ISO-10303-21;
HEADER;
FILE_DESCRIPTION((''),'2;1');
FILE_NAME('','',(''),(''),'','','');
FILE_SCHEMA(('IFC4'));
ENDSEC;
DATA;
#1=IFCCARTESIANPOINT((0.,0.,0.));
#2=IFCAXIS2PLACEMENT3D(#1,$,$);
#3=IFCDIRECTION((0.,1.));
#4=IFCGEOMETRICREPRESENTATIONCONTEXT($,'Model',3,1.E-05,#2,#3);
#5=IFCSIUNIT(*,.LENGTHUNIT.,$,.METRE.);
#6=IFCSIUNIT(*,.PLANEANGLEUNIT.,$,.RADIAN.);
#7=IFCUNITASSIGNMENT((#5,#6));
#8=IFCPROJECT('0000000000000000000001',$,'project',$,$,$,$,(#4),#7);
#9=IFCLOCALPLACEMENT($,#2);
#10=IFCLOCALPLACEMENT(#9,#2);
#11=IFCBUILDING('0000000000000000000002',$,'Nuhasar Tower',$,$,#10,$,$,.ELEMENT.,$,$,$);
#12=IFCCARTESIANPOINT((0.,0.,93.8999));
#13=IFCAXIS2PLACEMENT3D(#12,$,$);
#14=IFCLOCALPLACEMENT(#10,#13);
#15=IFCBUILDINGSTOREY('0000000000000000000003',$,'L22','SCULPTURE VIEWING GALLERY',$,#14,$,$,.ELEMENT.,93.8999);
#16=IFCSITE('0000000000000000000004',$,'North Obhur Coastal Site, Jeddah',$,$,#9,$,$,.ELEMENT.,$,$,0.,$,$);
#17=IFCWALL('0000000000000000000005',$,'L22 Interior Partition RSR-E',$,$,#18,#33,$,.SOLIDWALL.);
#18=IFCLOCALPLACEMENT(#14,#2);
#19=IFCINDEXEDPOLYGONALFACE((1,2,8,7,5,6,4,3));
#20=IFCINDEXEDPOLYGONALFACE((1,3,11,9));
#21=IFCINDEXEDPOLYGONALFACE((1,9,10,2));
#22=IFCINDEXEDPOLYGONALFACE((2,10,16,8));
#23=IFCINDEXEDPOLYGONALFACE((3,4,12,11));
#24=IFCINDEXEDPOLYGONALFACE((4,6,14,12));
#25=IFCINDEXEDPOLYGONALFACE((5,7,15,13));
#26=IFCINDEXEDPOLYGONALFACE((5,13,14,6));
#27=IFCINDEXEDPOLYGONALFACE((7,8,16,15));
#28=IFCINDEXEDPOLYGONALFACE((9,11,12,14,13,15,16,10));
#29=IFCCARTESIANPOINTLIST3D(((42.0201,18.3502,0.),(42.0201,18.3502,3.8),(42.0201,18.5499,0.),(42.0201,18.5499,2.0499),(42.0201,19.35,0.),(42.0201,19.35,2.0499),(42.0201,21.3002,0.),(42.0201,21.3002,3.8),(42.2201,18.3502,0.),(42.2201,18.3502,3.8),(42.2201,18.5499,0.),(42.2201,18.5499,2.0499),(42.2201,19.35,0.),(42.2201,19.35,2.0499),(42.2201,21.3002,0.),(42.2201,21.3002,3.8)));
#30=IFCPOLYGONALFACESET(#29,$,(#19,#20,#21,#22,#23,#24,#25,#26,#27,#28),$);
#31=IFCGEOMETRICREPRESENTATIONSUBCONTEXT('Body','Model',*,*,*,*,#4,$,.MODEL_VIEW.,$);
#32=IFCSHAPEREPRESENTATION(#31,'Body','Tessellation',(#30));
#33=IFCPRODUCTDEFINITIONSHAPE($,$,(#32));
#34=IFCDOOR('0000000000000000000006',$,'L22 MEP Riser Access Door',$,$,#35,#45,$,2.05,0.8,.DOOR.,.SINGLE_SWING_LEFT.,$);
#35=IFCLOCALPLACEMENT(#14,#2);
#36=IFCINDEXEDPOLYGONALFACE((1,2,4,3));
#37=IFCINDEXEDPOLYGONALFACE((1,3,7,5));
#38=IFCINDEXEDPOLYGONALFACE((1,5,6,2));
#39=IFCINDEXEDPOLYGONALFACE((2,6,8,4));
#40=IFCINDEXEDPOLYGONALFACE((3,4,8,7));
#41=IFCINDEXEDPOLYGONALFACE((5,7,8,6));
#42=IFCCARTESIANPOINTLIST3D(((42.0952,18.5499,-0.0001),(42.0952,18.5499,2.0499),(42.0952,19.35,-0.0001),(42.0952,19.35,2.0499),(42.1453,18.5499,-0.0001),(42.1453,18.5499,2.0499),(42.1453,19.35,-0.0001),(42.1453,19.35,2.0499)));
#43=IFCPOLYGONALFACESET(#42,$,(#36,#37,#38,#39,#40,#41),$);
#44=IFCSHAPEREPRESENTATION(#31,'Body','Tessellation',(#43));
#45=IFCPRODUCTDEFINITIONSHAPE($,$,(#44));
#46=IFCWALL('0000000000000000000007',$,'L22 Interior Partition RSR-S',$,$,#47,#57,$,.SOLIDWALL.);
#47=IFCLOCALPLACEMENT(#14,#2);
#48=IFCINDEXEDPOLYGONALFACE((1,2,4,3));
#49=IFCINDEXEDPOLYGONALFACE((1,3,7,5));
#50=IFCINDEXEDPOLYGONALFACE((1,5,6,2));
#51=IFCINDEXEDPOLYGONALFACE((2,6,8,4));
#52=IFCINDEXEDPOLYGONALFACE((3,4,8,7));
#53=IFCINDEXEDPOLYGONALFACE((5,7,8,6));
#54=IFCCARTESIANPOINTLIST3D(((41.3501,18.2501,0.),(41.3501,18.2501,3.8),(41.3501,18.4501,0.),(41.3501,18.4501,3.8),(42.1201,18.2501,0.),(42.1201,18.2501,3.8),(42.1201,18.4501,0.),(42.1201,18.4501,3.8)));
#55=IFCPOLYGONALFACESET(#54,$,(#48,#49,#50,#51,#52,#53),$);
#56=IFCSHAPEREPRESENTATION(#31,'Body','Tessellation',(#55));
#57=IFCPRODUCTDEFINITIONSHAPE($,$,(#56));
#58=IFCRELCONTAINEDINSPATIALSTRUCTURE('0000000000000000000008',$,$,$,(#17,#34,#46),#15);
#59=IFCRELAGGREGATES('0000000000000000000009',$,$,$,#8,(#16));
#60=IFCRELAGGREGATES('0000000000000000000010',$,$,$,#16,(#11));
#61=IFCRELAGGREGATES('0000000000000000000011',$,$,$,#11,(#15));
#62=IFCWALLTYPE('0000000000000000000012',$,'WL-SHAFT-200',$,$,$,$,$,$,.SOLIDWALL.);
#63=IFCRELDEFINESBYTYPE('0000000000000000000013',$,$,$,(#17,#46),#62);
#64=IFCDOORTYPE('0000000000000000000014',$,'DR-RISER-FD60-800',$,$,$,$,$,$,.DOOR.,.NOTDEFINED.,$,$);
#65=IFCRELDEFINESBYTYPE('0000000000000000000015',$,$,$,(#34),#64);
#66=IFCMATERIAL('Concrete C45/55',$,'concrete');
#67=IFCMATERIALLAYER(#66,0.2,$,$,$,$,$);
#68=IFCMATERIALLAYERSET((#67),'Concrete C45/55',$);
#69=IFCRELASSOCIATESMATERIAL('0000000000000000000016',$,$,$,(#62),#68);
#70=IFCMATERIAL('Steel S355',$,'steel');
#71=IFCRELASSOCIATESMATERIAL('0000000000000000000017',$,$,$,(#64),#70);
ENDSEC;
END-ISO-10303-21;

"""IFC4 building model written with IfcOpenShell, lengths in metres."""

from ifc_helpers import new_model, si_unit, direction, frame, frame_2d, origin, place, context, subcontext, project, spatial, rectangle, extrude, material, layer, layer_set, type_object, element, fill, save


model = new_model("IFC4")

# Units and contexts
model_context = context("Model", 3, precision=1e-05, world=origin(), true_north=direction((0.0, 1.0)))
body_context = subcontext(model_context, "Body", "Model", "MODEL_VIEW")
ifc_project = project(units=[si_unit("LENGTHUNIT", "METRE"), si_unit("PLANEANGLEUNIT", "RADIAN")], contexts=[model_context])

# Site, building, storey
site_placement = place(None, origin())
site = spatial("IfcSite", under=ifc_project, at=site_placement, Name="North Obhur Coastal Site, Jeddah", CompositionType="ELEMENT", RefElevation=0.0)
building_placement = place(site_placement, origin())
building = spatial("IfcBuilding", under=site, at=building_placement, Name="Nuhasar Tower", CompositionType="ELEMENT")
storey_placement = place(building_placement, frame((0.0, 0.0, 93.8999)))
storey = spatial("IfcBuildingStorey", under=building, at=storey_placement, Name="L22", Description="SCULPTURE VIEWING GALLERY", CompositionType="ELEMENT", Elevation=93.8999)

# Shared definitions
ifc_material_1 = material(Name="Steel S355", Category="steel")

# Shared definitions
ifc_material_2 = material(Name="Concrete C45/55", Category="concrete")

# Shared definitions
ifc_layer_1 = layer(ifc_material_2, 0.2)
ifc_layer_set_1 = layer_set([ifc_layer_1], Name="Concrete C45/55")
wall_type_1 = type_object("IfcWallType", Name="WL-SHAFT-200", PredefinedType="SOLIDWALL", material=ifc_layer_set_1)

# Wall, opening, door
wall_1_placement = place(storey_placement, frame((42.1201, 18.3501, 0.0), z_axis=(0.0, 0.0, 1.0), x_axis=(0.0, 1.0, 0.0)))
wall_1 = element("IfcWall", 1, at=wall_1_placement, inside=storey, type_object=wall_type_1, Name="L22 Interior Partition RSR-E", PredefinedType="SOLIDWALL", context=body_context, shape_type="SweptSolid", body=[
    extrude(rectangle(XDim=2.95, YDim=0.2, at=frame_2d((1.4751, 0.0))), origin(), (0.0, 0.0, 1.0), 3.8),
])
opening_1_placement = place(wall_1_placement, frame((0.2, 0.0, 0.0)))
opening_1 = element("IfcOpeningElement", 2, at=opening_1_placement, cuts=wall_1, PredefinedType="OPENING", context=body_context, shape_type="SweptSolid", body=[
    extrude(rectangle(XDim=0.8, YDim=2.05, at=frame_2d((0.3999, 1.0249))), frame((0.0, 0.1099, 0.0), z_axis=(0.0, -1.0, 0.0), x_axis=(1.0, 0.0, 0.0)), (0.0, 0.0, 1.0), 0.22),
])
door_type_1 = type_object("IfcDoorType", Name="DR-RISER-FD60-800", OperationType="NOTDEFINED", PredefinedType="DOOR", material=ifc_material_1)
door_1_placement = place(opening_1_placement, origin())
door_1 = element("IfcDoor", 3, at=door_1_placement, inside=storey, type_object=door_type_1, Name="L22 MEP Riser Access Door", OperationType="SINGLE_SWING_LEFT", OverallHeight=2.05, OverallWidth=0.8, PredefinedType="DOOR", context=body_context, shape_type="SweptSolid", body=[
    extrude(rectangle(XDim=0.8, YDim=2.05, at=frame_2d((0.3999, 1.0249))), frame((0.0, 0.0249, 0.0), z_axis=(0.0, -1.0, 0.0), x_axis=(1.0, 0.0, 0.0)), (0.0, 0.0, 1.0), 0.05),
])
fill(opening_1, door_1)

# Wall
wall_2_placement = place(storey_placement, frame((41.3501, 18.3501, 0.0), z_axis=(0.0, 0.0, 1.0), x_axis=(1.0, 0.0, 0.0)))
element("IfcWall", 4, at=wall_2_placement, inside=storey, type_object=wall_type_1, Name="L22 Interior Partition RSR-S", PredefinedType="SOLIDWALL", context=body_context, shape_type="SweptSolid", body=[
    extrude(rectangle(XDim=0.77, YDim=0.2, at=frame_2d((0.385, 0.0))), origin(), (0.0, 0.0, 1.0), 3.8),
])

save(model, "model.ifc")
